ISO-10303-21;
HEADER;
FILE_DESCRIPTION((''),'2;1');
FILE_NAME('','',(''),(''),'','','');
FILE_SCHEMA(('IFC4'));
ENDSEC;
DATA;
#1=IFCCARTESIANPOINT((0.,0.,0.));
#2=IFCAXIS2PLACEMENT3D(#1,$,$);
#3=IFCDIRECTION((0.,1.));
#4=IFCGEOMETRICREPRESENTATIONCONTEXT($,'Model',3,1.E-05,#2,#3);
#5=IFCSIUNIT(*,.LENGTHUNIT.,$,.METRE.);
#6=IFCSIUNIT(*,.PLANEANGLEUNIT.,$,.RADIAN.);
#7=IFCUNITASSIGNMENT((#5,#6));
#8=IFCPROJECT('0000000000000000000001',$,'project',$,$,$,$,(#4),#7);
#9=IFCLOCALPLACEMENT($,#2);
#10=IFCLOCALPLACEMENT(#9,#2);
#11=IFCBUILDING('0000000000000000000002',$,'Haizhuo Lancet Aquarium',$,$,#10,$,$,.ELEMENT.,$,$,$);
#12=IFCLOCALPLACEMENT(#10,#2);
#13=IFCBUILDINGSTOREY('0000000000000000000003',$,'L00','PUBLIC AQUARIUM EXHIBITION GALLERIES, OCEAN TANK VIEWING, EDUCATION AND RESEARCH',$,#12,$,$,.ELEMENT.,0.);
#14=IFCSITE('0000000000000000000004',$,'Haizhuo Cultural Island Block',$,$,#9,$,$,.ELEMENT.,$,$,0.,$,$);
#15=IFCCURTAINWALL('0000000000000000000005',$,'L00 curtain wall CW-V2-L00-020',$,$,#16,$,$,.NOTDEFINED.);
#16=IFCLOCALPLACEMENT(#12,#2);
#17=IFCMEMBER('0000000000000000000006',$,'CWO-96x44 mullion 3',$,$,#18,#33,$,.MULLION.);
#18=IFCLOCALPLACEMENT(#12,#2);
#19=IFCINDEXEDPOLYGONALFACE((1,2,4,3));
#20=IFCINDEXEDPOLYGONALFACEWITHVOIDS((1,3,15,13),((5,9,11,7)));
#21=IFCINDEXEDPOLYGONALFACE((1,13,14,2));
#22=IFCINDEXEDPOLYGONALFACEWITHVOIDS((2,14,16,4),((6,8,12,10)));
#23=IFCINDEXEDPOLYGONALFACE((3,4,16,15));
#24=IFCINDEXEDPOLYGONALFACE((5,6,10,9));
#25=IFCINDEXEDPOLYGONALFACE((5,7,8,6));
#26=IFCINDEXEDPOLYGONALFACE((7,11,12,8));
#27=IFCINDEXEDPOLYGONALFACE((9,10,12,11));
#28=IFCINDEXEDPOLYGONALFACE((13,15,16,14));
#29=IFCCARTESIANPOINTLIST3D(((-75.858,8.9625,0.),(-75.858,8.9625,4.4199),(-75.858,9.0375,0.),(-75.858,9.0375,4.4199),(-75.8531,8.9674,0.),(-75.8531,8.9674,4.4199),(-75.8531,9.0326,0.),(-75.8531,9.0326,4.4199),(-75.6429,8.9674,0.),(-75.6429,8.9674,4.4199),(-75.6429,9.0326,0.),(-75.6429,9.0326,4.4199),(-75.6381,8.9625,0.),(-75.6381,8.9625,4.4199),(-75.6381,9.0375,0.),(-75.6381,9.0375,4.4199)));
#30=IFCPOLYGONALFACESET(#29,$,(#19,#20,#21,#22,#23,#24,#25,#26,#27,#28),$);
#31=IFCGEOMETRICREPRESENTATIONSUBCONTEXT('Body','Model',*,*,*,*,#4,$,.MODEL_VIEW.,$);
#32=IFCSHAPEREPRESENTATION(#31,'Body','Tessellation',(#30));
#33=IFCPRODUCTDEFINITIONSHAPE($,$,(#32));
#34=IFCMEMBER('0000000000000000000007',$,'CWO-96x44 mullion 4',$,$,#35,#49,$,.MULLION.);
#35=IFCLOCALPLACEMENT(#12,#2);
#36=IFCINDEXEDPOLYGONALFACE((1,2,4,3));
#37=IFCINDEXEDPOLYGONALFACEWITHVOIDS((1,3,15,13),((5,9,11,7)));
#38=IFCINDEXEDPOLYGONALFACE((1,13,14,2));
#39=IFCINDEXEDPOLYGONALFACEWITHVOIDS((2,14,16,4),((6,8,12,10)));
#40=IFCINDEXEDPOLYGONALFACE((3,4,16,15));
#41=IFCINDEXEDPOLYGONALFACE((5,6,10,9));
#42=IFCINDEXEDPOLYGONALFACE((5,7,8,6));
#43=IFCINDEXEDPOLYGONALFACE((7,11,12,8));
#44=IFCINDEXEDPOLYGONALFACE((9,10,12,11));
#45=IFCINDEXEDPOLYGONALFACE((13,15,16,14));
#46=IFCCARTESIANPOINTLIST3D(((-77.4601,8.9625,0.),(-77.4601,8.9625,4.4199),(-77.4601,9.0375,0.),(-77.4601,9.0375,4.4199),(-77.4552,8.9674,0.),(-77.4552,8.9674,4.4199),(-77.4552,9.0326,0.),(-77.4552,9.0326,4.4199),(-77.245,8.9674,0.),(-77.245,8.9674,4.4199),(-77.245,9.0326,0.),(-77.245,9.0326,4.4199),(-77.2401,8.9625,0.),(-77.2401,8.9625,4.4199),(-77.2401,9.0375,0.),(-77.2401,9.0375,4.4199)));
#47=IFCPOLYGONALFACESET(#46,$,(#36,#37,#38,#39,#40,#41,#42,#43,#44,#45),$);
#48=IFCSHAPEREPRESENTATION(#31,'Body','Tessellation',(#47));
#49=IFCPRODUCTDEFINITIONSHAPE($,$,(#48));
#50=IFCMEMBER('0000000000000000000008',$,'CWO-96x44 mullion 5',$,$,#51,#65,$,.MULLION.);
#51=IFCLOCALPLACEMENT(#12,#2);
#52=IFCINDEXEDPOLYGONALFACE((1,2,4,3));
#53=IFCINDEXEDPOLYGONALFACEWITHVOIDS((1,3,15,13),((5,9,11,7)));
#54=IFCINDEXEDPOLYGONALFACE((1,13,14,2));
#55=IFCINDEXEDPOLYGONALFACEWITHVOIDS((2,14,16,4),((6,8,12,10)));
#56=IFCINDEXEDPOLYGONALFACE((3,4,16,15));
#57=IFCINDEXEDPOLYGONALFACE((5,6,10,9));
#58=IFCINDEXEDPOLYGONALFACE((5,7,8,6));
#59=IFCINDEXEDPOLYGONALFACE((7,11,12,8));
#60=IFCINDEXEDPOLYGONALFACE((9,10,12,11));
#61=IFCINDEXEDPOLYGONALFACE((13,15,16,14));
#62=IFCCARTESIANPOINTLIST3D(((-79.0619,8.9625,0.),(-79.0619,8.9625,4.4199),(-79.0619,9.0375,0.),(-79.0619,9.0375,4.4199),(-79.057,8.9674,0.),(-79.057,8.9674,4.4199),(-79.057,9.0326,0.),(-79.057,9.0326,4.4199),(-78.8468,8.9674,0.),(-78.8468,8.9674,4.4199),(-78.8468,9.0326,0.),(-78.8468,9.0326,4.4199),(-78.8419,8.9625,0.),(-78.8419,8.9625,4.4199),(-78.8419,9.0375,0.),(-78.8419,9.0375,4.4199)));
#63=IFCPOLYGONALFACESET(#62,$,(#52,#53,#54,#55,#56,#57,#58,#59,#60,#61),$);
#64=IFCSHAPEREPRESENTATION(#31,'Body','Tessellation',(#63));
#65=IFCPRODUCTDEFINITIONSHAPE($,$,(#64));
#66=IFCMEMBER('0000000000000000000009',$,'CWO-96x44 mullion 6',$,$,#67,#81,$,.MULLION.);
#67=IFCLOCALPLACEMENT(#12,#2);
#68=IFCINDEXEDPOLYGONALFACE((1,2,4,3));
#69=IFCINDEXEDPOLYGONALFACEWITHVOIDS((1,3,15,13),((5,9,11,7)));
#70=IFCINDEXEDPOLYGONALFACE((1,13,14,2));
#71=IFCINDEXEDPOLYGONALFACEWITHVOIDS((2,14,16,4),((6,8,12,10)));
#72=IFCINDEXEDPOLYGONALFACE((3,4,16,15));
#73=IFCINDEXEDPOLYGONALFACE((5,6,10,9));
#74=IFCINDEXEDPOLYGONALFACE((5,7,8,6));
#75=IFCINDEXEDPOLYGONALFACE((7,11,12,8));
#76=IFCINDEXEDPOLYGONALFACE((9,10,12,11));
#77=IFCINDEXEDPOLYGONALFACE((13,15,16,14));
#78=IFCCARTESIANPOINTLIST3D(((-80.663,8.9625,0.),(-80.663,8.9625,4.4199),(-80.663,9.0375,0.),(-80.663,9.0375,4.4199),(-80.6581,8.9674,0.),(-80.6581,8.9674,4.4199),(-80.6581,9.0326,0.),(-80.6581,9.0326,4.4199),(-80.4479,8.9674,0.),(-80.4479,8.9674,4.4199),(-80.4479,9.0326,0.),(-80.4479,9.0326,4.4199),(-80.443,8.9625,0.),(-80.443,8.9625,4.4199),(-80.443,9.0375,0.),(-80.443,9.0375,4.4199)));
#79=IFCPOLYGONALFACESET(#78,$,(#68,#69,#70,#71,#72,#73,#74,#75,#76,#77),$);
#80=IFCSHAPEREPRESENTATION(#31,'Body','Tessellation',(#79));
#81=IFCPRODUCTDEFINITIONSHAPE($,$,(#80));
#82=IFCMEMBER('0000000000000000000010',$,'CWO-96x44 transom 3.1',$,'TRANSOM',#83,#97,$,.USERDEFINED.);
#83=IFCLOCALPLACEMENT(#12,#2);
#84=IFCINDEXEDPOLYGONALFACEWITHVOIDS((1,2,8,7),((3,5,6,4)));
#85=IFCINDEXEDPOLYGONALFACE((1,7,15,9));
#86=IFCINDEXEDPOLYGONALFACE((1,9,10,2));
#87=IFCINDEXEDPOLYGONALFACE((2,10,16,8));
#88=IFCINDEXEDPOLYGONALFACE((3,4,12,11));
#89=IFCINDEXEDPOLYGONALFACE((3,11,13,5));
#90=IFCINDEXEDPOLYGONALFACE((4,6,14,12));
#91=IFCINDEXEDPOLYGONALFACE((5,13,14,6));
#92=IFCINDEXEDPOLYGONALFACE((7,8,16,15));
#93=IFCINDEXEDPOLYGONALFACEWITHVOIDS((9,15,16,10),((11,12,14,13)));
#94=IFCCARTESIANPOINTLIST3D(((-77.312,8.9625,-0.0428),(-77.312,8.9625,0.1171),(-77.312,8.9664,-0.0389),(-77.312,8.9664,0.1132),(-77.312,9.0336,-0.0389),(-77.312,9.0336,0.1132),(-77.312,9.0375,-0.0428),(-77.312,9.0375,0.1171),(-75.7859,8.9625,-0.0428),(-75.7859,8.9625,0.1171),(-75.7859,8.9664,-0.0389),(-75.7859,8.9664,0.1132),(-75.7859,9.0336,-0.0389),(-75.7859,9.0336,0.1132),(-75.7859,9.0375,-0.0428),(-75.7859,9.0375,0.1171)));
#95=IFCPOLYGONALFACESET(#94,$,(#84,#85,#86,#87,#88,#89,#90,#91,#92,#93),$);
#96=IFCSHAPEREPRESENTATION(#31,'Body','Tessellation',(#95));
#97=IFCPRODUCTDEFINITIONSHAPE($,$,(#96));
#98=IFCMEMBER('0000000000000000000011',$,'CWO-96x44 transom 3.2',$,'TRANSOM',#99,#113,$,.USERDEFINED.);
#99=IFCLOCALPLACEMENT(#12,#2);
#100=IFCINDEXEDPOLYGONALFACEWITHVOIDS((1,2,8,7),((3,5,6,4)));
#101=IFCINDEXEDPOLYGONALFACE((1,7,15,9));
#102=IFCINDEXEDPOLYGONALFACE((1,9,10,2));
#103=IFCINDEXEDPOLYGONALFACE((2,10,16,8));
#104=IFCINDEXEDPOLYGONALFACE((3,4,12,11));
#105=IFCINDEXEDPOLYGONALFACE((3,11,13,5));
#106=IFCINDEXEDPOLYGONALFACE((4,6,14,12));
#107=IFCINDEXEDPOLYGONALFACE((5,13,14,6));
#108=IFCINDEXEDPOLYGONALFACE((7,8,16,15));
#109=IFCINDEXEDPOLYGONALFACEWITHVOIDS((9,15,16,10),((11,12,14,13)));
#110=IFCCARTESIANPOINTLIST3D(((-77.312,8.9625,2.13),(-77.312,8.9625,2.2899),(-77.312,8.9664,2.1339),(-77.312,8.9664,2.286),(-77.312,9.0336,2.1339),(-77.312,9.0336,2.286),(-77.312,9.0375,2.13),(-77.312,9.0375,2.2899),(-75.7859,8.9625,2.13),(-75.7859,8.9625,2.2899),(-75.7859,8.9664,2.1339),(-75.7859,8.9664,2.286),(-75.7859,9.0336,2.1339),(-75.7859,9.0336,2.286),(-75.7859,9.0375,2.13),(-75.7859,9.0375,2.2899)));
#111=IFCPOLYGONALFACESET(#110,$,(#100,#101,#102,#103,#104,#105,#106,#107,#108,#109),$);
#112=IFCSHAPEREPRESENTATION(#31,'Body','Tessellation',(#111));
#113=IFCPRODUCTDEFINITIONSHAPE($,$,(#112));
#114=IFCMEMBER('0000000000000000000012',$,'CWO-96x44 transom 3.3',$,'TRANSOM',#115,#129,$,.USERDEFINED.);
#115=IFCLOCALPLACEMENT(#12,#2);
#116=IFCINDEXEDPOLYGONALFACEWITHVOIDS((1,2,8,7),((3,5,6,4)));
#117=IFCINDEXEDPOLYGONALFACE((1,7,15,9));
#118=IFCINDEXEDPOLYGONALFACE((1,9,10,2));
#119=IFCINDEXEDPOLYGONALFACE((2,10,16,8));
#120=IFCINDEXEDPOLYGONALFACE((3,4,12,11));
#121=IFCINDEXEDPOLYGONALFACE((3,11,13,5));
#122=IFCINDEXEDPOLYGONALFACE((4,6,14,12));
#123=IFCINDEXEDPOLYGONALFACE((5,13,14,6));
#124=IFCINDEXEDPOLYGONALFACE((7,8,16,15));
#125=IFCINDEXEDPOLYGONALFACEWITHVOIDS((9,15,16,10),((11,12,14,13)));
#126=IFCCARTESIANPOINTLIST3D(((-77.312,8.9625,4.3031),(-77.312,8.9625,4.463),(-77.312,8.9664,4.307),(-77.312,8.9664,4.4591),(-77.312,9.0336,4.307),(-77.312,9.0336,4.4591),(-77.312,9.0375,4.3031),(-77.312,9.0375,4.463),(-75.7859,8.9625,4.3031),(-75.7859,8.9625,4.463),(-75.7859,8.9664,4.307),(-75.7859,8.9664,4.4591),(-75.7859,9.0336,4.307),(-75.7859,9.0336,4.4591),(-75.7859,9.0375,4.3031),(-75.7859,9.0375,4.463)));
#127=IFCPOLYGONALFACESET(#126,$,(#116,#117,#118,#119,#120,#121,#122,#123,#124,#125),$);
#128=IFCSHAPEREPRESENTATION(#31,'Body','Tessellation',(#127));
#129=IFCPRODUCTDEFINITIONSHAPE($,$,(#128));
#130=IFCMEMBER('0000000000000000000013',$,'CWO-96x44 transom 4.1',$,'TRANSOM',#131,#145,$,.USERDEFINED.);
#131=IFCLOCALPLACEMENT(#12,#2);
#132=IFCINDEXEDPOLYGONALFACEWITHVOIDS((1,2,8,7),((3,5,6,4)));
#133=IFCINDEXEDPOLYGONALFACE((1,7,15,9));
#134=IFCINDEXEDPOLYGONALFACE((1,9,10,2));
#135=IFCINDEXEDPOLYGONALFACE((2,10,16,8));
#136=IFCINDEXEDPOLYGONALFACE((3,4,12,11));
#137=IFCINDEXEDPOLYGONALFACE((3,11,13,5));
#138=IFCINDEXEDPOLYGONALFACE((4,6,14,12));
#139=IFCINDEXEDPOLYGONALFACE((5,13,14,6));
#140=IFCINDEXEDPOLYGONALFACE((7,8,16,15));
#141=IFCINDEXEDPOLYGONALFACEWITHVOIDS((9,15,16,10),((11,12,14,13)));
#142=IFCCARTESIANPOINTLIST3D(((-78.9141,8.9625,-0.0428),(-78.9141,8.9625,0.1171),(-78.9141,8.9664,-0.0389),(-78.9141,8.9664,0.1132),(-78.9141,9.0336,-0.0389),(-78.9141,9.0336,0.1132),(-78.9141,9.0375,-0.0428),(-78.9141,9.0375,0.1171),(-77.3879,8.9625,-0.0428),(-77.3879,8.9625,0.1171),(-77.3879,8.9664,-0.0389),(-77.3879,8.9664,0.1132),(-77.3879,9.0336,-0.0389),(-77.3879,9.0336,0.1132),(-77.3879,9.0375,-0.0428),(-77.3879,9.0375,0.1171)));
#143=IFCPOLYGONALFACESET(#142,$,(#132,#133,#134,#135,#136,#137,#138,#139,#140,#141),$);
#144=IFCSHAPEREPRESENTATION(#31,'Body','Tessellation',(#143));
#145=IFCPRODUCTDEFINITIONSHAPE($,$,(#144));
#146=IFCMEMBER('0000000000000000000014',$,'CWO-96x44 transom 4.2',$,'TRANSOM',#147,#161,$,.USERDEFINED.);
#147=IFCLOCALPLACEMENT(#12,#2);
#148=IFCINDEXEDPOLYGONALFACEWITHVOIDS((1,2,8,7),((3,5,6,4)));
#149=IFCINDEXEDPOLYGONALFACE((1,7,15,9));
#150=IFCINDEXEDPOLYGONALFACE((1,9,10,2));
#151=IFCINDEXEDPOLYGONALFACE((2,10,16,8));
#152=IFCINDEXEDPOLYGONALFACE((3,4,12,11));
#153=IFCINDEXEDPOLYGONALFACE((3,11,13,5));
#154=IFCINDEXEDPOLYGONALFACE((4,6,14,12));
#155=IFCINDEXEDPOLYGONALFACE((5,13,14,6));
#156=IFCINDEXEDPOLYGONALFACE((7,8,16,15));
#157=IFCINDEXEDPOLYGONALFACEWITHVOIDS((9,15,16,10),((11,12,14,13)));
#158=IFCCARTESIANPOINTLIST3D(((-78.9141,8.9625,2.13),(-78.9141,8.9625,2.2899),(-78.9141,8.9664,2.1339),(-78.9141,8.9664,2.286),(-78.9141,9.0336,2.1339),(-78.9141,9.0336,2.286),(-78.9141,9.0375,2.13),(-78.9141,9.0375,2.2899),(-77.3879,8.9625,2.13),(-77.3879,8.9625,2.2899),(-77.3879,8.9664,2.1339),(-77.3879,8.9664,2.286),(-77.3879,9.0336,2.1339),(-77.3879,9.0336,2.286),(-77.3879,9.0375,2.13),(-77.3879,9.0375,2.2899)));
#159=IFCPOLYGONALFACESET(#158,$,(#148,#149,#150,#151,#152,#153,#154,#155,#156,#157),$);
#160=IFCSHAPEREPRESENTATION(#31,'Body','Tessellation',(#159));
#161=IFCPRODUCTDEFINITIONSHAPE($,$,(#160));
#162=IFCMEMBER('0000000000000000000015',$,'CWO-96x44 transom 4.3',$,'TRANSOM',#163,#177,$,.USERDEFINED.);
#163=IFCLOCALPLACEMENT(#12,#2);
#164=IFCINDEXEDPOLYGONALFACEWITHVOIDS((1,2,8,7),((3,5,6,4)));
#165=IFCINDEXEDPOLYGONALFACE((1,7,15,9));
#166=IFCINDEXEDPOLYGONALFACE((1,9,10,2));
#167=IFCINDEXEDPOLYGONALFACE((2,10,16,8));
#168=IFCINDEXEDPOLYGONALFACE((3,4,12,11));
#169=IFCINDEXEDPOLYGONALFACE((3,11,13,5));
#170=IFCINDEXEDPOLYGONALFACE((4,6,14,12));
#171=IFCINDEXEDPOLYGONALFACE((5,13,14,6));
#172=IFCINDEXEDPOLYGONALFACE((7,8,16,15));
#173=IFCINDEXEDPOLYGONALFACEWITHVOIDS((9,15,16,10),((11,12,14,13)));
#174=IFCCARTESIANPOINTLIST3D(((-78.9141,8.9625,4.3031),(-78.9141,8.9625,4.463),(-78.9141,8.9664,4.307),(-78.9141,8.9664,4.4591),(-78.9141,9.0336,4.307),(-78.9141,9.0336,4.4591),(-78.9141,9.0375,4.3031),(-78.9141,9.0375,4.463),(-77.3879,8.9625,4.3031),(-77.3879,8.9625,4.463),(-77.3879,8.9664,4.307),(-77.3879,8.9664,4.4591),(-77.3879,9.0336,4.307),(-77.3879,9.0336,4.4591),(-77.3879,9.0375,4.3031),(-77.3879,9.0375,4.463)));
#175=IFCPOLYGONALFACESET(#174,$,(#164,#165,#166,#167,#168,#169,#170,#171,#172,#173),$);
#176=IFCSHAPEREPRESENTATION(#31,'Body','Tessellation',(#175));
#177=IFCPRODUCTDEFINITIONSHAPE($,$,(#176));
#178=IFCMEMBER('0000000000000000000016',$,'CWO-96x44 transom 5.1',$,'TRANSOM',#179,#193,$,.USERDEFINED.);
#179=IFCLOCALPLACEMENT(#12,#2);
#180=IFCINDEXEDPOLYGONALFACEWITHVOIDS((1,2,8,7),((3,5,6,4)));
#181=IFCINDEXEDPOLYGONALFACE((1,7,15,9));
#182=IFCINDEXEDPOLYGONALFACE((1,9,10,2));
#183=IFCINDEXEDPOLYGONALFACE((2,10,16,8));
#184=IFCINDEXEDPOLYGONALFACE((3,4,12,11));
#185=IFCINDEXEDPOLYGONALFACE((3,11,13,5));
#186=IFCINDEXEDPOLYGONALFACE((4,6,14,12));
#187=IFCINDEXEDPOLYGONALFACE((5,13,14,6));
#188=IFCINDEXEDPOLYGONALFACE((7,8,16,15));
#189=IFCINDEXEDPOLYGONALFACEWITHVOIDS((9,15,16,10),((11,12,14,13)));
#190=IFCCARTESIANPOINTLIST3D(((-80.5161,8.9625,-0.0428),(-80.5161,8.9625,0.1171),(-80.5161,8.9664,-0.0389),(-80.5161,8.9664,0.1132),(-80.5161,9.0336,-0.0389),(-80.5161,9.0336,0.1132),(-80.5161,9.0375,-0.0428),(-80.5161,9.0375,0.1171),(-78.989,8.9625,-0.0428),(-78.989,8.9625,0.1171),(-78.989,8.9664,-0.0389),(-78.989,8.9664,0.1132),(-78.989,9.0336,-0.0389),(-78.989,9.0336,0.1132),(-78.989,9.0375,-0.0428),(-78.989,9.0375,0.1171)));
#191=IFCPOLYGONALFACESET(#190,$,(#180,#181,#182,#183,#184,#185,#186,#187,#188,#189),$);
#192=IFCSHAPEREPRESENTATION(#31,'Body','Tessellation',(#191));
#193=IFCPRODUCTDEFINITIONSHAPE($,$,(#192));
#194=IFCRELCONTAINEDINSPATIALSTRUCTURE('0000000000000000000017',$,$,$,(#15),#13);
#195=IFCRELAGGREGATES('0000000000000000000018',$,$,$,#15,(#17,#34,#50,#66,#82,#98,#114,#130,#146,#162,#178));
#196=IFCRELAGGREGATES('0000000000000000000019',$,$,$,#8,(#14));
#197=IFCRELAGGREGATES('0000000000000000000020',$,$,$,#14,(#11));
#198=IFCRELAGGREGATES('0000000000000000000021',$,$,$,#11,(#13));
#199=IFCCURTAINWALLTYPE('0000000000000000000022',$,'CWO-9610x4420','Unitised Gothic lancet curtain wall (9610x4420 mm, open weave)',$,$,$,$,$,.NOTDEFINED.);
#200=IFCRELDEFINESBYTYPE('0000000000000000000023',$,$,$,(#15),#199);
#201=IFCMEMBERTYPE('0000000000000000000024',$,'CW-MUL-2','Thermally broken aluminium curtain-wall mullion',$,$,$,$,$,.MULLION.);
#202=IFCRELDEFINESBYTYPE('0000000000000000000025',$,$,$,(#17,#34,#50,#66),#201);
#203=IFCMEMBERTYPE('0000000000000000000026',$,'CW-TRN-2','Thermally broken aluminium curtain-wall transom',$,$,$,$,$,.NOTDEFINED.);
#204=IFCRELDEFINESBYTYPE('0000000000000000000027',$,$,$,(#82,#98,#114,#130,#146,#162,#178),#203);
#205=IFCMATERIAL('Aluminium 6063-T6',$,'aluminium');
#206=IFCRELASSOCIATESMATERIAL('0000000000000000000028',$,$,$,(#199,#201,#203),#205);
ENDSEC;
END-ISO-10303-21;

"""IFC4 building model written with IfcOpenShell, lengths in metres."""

from ifc_helpers import new_model, si_unit, direction, frame, origin, origin_2d, place, context, subcontext, project, spatial, hollow_rectangle, extrude, material, material_profile, profile_set, type_object, element, aggregate, save


model = new_model("IFC4")

# Units and contexts
model_context = context("Model", 3, precision=1e-05, world=origin(), true_north=direction((0.0, 1.0)))
body_context = subcontext(model_context, "Body", "Model", "MODEL_VIEW")
ifc_project = project(units=[si_unit("LENGTHUNIT", "METRE"), si_unit("PLANEANGLEUNIT", "RADIAN")], contexts=[model_context])

# Site, building, storey
site_placement = place(None, origin())
site = spatial("IfcSite", under=ifc_project, at=site_placement, Name="Haizhuo Cultural Island Block", CompositionType="ELEMENT", RefElevation=0.0)
building_placement = place(site_placement, origin())
building = spatial("IfcBuilding", under=site, at=building_placement, Name="Haizhuo Lancet Aquarium", CompositionType="ELEMENT")
storey_placement = place(building_placement, origin())
storey = spatial("IfcBuildingStorey", under=building, at=storey_placement, Name="L00", Description="PUBLIC AQUARIUM EXHIBITION GALLERIES, OCEAN TANK VIEWING, EDUCATION AND RESEARCH", CompositionType="ELEMENT", Elevation=0.0)

# Curtain wall, members
ifc_material_1 = material(Name="Aluminium 6063-T6", Category="aluminium")
curtain_wall_type = type_object("IfcCurtainWallType", Name="CWO-9610x4420", Description="Unitised Gothic lancet curtain wall (9610x4420 mm, open weave)", PredefinedType="NOTDEFINED", material=ifc_material_1)
curtain_wall_placement = place(storey_placement, origin())
curtain_wall = element("IfcCurtainWall", 1, at=curtain_wall_placement, inside=storey, type_object=curtain_wall_type, Name="L00 curtain wall CW-V2-L00-020", PredefinedType="NOTDEFINED")
ifc_material_profile_1 = material_profile(ifc_material_1, hollow_rectangle(XDim=0.075, YDim=0.22, WallThickness=0.0049, at=origin_2d()), Name="ALU-M 75x220x5")
ifc_profile_set_1 = profile_set([ifc_material_profile_1], Name="Aluminium 6063-T6")
member_type_1 = type_object("IfcMemberType", Name="CW-MUL-2", Description="Thermally broken aluminium curtain-wall mullion", PredefinedType="MULLION", material=ifc_profile_set_1)
member_1_placement = place(storey_placement, frame((-75.748, 9.0, 0.0), z_axis=(0.0, 0.0, 1.0), x_axis=(0.0, -1.0, 0.0)))
member_1 = element("IfcMember", 2, at=member_1_placement, type_object=member_type_1, Name="CWO-96x44 mullion 3", PredefinedType="MULLION", context=body_context, shape_type="SweptSolid", body=[
    extrude(hollow_rectangle(XDim=0.075, YDim=0.22, WallThickness=0.0049, at=origin_2d()), origin(), (0.0, 0.0, 1.0), 4.4199),
])
member_2_placement = place(storey_placement, frame((-77.3501, 9.0, 0.0), z_axis=(0.0, 0.0, 1.0), x_axis=(0.0, -1.0, 0.0)))
member_2 = element("IfcMember", 3, at=member_2_placement, type_object=member_type_1, Name="CWO-96x44 mullion 4", PredefinedType="MULLION", context=body_context, shape_type="SweptSolid", body=[
    extrude(hollow_rectangle(XDim=0.075, YDim=0.22, WallThickness=0.0049, at=origin_2d()), origin(), (0.0, 0.0, 1.0), 4.4199),
])
member_3_placement = place(storey_placement, frame((-78.9519, 9.0, 0.0), z_axis=(0.0, 0.0, 1.0), x_axis=(0.0, -1.0, 0.0)))
member_3 = element("IfcMember", 4, at=member_3_placement, type_object=member_type_1, Name="CWO-96x44 mullion 5", PredefinedType="MULLION", context=body_context, shape_type="SweptSolid", body=[
    extrude(hollow_rectangle(XDim=0.075, YDim=0.22, WallThickness=0.0049, at=origin_2d()), origin(), (0.0, 0.0, 1.0), 4.4199),
])
member_4_placement = place(storey_placement, frame((-80.553, 9.0, 0.0), z_axis=(0.0, 0.0, 1.0), x_axis=(0.0, -1.0, 0.0)))
member_4 = element("IfcMember", 5, at=member_4_placement, type_object=member_type_1, Name="CWO-96x44 mullion 6", PredefinedType="MULLION", context=body_context, shape_type="SweptSolid", body=[
    extrude(hollow_rectangle(XDim=0.075, YDim=0.22, WallThickness=0.0049, at=origin_2d()), origin(), (0.0, 0.0, 1.0), 4.4199),
])
ifc_material_profile_2 = material_profile(ifc_material_1, hollow_rectangle(XDim=0.075, YDim=0.1599, WallThickness=0.0039, at=origin_2d()), Name="ALU-T 75x160x4")
ifc_profile_set_2 = profile_set([ifc_material_profile_2], Name="Aluminium 6063-T6")
member_type_2 = type_object("IfcMemberType", Name="CW-TRN-2", Description="Thermally broken aluminium curtain-wall transom", PredefinedType="NOTDEFINED", material=ifc_profile_set_2)
member_5_placement = place(storey_placement, frame((-75.7859, 9.0, 0.0371), z_axis=(-1.0, 0.0, 0.0), x_axis=(0.0, -1.0, 0.0)))
member_5 = element("IfcMember", 6, at=member_5_placement, type_object=member_type_2, Name="CWO-96x44 transom 3.1", ObjectType="TRANSOM", PredefinedType="USERDEFINED", context=body_context, shape_type="SweptSolid", body=[
    extrude(hollow_rectangle(XDim=0.075, YDim=0.1599, WallThickness=0.0039, at=origin_2d()), origin(), (0.0, 0.0, 1.0), 1.5261),
])
member_6_placement = place(storey_placement, frame((-75.7859, 9.0, 2.21), z_axis=(-1.0, 0.0, 0.0), x_axis=(0.0, -1.0, 0.0)))
member_6 = element("IfcMember", 7, at=member_6_placement, type_object=member_type_2, Name="CWO-96x44 transom 3.2", ObjectType="TRANSOM", PredefinedType="USERDEFINED", context=body_context, shape_type="SweptSolid", body=[
    extrude(hollow_rectangle(XDim=0.075, YDim=0.1599, WallThickness=0.0039, at=origin_2d()), origin(), (0.0, 0.0, 1.0), 1.5261),
])
member_7_placement = place(storey_placement, frame((-75.7859, 9.0, 4.3831), z_axis=(-1.0, 0.0, 0.0), x_axis=(0.0, -1.0, 0.0)))
member_7 = element("IfcMember", 8, at=member_7_placement, type_object=member_type_2, Name="CWO-96x44 transom 3.3", ObjectType="TRANSOM", PredefinedType="USERDEFINED", context=body_context, shape_type="SweptSolid", body=[
    extrude(hollow_rectangle(XDim=0.075, YDim=0.1599, WallThickness=0.0039, at=origin_2d()), origin(), (0.0, 0.0, 1.0), 1.5261),
])
member_8_placement = place(storey_placement, frame((-77.3879, 9.0, 0.0371), z_axis=(-1.0, 0.0, 0.0), x_axis=(0.0, -1.0, 0.0)))
member_8 = element("IfcMember", 9, at=member_8_placement, type_object=member_type_2, Name="CWO-96x44 transom 4.1", ObjectType="TRANSOM", PredefinedType="USERDEFINED", context=body_context, shape_type="SweptSolid", body=[
    extrude(hollow_rectangle(XDim=0.075, YDim=0.1599, WallThickness=0.0039, at=origin_2d()), origin(), (0.0, 0.0, 1.0), 1.5261),
])
member_9_placement = place(storey_placement, frame((-77.3879, 9.0, 2.21), z_axis=(-1.0, 0.0, 0.0), x_axis=(0.0, -1.0, 0.0)))
member_9 = element("IfcMember", 10, at=member_9_placement, type_object=member_type_2, Name="CWO-96x44 transom 4.2", ObjectType="TRANSOM", PredefinedType="USERDEFINED", context=body_context, shape_type="SweptSolid", body=[
    extrude(hollow_rectangle(XDim=0.075, YDim=0.1599, WallThickness=0.0039, at=origin_2d()), origin(), (0.0, 0.0, 1.0), 1.5261),
])
member_10_placement = place(storey_placement, frame((-77.3879, 9.0, 4.3831), z_axis=(-1.0, 0.0, 0.0), x_axis=(0.0, -1.0, 0.0)))
member_10 = element("IfcMember", 11, at=member_10_placement, type_object=member_type_2, Name="CWO-96x44 transom 4.3", ObjectType="TRANSOM", PredefinedType="USERDEFINED", context=body_context, shape_type="SweptSolid", body=[
    extrude(hollow_rectangle(XDim=0.075, YDim=0.1599, WallThickness=0.0039, at=origin_2d()), origin(), (0.0, 0.0, 1.0), 1.5261),
])
member_11_placement = place(storey_placement, frame((-78.989, 9.0, 0.0371), z_axis=(-1.0, 0.0, 0.0), x_axis=(0.0, -1.0, 0.0)))
member_11 = element("IfcMember", 12, at=member_11_placement, type_object=member_type_2, Name="CWO-96x44 transom 5.1", ObjectType="TRANSOM", PredefinedType="USERDEFINED", context=body_context, shape_type="SweptSolid", body=[
    extrude(hollow_rectangle(XDim=0.075, YDim=0.1599, WallThickness=0.0039, at=origin_2d()), origin(), (0.0, 0.0, 1.0), 1.5271),
])

aggregate(curtain_wall, [member_1, member_2, member_3, member_4, member_5, member_6, member_7, member_8, member_9, member_10, member_11])

save(model, "model.ifc")
